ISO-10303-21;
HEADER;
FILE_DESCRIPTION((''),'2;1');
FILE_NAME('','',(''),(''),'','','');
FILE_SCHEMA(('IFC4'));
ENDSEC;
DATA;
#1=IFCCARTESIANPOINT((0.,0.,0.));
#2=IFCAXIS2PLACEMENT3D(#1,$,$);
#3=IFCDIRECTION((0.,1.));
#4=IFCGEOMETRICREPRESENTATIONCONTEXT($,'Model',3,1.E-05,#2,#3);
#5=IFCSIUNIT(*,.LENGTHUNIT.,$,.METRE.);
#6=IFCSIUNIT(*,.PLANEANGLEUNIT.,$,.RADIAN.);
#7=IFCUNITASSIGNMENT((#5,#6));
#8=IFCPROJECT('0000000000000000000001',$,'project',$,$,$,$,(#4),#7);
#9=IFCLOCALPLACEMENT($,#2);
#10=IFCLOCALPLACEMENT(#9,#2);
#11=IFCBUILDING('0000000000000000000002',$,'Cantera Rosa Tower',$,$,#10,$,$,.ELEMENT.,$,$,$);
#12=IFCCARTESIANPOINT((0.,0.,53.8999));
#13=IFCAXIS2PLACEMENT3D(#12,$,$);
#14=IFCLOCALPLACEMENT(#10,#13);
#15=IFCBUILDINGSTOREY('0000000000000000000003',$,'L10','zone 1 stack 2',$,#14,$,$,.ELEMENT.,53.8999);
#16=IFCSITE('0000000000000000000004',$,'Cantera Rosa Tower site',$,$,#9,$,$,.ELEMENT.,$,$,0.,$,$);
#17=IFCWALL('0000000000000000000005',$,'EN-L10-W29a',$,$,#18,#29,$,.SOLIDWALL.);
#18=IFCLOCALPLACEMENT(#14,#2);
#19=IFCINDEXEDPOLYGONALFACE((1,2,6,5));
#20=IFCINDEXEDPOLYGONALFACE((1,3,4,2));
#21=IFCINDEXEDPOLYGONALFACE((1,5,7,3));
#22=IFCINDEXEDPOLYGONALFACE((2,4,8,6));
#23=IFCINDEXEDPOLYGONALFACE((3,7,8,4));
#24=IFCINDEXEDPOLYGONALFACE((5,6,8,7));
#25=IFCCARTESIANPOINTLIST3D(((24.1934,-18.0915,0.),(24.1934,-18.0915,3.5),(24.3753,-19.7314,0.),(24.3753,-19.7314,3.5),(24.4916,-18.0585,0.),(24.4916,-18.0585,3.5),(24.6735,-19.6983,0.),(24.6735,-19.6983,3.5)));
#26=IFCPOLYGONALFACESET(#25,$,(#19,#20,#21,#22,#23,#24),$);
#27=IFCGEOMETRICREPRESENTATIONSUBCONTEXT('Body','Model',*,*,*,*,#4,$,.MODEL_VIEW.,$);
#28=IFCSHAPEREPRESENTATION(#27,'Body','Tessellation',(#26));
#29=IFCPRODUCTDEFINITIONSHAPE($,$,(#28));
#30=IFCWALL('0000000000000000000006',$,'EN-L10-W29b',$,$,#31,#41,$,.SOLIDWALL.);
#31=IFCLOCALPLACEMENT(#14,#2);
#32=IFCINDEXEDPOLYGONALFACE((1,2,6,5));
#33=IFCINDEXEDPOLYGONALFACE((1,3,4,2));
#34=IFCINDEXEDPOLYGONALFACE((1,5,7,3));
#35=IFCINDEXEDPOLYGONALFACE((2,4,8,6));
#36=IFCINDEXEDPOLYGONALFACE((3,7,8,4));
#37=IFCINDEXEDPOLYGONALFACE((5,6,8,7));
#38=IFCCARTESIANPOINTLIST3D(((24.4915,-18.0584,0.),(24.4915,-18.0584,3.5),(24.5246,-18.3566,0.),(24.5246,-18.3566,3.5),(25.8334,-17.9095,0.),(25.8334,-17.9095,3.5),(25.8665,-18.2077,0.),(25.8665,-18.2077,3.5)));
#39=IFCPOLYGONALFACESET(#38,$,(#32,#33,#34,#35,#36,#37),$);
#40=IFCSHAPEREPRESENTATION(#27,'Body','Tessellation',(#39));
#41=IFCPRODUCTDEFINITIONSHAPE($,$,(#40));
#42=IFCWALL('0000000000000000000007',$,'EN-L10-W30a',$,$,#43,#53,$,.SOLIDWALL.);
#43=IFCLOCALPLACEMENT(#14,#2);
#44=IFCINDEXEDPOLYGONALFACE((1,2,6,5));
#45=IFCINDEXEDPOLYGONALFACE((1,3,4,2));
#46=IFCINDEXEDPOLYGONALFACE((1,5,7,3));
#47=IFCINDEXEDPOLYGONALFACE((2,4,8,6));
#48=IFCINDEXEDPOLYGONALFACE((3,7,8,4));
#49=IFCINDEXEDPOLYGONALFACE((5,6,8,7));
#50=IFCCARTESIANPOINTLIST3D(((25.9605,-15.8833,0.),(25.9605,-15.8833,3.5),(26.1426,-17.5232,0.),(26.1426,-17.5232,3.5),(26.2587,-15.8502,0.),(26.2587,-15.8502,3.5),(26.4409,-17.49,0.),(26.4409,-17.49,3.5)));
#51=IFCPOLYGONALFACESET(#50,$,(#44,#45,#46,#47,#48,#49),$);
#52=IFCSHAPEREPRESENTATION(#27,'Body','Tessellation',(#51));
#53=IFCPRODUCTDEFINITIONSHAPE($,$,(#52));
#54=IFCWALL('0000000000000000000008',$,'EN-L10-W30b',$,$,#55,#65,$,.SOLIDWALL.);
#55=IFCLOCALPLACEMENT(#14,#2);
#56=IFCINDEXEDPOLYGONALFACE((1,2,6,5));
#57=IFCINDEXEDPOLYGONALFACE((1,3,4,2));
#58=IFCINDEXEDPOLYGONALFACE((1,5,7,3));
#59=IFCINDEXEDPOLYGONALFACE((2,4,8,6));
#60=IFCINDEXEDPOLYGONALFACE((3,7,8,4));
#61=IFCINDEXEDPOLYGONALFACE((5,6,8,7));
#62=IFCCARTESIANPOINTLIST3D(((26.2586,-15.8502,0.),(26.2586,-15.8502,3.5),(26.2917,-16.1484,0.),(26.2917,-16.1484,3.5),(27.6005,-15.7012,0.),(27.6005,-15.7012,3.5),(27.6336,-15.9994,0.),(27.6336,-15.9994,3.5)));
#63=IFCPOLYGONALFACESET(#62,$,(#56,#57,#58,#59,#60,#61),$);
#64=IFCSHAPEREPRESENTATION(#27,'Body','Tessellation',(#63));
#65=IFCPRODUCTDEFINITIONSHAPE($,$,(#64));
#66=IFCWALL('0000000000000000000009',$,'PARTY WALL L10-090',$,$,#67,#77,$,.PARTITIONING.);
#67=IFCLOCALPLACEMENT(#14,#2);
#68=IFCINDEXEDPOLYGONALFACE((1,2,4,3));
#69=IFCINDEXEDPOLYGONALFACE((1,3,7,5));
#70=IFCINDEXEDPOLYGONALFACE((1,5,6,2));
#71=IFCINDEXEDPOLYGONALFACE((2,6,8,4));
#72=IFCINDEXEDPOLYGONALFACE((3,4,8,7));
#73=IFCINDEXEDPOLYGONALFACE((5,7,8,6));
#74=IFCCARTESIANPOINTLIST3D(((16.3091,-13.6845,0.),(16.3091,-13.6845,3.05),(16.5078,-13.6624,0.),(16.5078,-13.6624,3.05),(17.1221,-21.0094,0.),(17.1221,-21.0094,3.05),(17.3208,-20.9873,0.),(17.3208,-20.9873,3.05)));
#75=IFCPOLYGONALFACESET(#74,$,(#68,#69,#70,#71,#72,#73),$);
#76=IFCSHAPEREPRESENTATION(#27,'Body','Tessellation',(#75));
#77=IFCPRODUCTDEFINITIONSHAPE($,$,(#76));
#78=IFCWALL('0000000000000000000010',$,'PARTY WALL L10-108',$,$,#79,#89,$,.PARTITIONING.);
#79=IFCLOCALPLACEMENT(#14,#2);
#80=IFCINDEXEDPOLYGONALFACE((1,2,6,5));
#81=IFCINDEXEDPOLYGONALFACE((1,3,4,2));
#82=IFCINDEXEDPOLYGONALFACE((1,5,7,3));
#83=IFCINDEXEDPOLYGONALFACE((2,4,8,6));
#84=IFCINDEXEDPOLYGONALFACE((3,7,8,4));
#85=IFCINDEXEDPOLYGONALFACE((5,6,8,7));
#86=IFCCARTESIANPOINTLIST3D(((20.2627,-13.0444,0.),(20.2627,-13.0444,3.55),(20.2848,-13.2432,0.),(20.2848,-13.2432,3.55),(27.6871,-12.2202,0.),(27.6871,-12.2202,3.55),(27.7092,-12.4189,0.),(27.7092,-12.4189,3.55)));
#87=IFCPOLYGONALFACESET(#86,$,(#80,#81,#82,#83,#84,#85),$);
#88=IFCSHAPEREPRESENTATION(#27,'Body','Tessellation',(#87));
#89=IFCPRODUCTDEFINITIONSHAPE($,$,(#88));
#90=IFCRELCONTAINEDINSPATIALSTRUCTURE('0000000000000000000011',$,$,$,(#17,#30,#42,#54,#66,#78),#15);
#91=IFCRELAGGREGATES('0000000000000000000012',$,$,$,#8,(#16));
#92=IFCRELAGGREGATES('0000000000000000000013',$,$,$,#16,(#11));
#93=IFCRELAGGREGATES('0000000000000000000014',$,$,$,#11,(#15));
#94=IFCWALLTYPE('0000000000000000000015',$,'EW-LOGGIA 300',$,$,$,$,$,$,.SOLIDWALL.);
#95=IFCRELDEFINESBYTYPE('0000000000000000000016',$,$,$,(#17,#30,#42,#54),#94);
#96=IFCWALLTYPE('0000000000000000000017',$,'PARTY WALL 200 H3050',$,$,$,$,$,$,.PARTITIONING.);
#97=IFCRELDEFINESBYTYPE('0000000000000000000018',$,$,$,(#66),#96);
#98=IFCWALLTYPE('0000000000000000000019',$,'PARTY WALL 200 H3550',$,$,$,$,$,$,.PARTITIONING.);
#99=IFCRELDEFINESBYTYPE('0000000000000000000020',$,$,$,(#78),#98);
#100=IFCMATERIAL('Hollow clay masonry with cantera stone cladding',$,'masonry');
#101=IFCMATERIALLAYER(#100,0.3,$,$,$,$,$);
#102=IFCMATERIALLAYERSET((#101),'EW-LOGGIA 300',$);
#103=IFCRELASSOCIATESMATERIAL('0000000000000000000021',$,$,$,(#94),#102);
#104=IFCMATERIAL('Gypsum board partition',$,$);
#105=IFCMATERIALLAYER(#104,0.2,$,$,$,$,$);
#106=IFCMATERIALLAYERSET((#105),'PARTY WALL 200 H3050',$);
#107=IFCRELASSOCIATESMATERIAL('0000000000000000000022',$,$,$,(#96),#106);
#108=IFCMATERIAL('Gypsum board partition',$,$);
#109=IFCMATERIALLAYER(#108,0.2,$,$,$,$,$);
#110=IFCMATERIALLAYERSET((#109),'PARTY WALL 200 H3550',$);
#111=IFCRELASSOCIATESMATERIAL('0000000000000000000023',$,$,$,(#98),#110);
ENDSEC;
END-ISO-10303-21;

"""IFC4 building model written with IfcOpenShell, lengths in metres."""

from ifc_helpers import new_model, si_unit, direction, frame, frame_2d, origin, place, context, subcontext, project, spatial, rectangle, extrude, material, layer, layer_set, type_object, element, save


model = new_model("IFC4")

# Units and contexts
model_context = context("Model", 3, precision=1e-05, world=origin(), true_north=direction((0.0, 1.0)))
body_context = subcontext(model_context, "Body", "Model", "MODEL_VIEW")
ifc_project = project(units=[si_unit("LENGTHUNIT", "METRE"), si_unit("PLANEANGLEUNIT", "RADIAN")], contexts=[model_context])

# Site, building, storey
site_placement = place(None, origin())
site = spatial("IfcSite", under=ifc_project, at=site_placement, Name="Cantera Rosa Tower site", CompositionType="ELEMENT", RefElevation=0.0)
building_placement = place(site_placement, origin())
building = spatial("IfcBuilding", under=site, at=building_placement, Name="Cantera Rosa Tower", CompositionType="ELEMENT")
storey_placement = place(building_placement, frame((0.0, 0.0, 53.8999)))
storey = spatial("IfcBuildingStorey", under=building, at=storey_placement, Name="L10", Description="zone 1 stack 2", CompositionType="ELEMENT", Elevation=53.8999)

# Walls
ifc_material_1 = material(Name="Hollow clay masonry with cantera stone cladding", Category="masonry")
ifc_layer_1 = layer(ifc_material_1, 0.3)
ifc_layer_set_1 = layer_set([ifc_layer_1], Name="EW-LOGGIA 300")
wall_type_1 = type_object("IfcWallType", Name="EW-LOGGIA 300", PredefinedType="SOLIDWALL", material=ifc_layer_set_1)
wall_1_placement = place(storey_placement, frame((24.5244, -19.7148, 0.0), z_axis=(0.0, 0.0, 1.0), x_axis=(-0.110237, 0.993905, 0.0)))
element("IfcWall", 1, at=wall_1_placement, inside=storey, type_object=wall_type_1, Name="EN-L10-W29a", PredefinedType="SOLIDWALL", context=body_context, shape_type="SweptSolid", body=[
    extrude(rectangle(XDim=1.6499, YDim=0.3, at=frame_2d((0.825, 0.0))), origin(), (0.0, 0.0, 1.0), 3.5),
])
wall_2_placement = place(storey_placement, frame((24.5081, -18.2075, 0.0), z_axis=(0.0, 0.0, 1.0), x_axis=(0.993897, 0.110312, 0.0)))
element("IfcWall", 2, at=wall_2_placement, inside=storey, type_object=wall_type_1, Name="EN-L10-W29b", PredefinedType="SOLIDWALL", context=body_context, shape_type="SweptSolid", body=[
    extrude(rectangle(XDim=1.3501, YDim=0.3, at=frame_2d((0.675, 0.0))), origin(), (0.0, 0.0, 1.0), 3.5),
])
wall_3_placement = place(storey_placement, frame((26.2917, -17.5066, 0.0), z_axis=(0.0, 0.0, 1.0), x_axis=(-0.110383, 0.993889, 0.0)))
element("IfcWall", 3, at=wall_3_placement, inside=storey, type_object=wall_type_1, Name="EN-L10-W30a", PredefinedType="SOLIDWALL", context=body_context, shape_type="SweptSolid", body=[
    extrude(rectangle(XDim=1.6499, YDim=0.3, at=frame_2d((0.825, 0.0))), origin(), (0.0, 0.0, 1.0), 3.5),
])
wall_4_placement = place(storey_placement, frame((26.2751, -15.9993, 0.0), z_axis=(0.0, 0.0, 1.0), x_axis=(0.993897, 0.110312, 0.0)))
element("IfcWall", 4, at=wall_4_placement, inside=storey, type_object=wall_type_1, Name="EN-L10-W30b", PredefinedType="SOLIDWALL", context=body_context, shape_type="SweptSolid", body=[
    extrude(rectangle(XDim=1.3501, YDim=0.3, at=frame_2d((0.675, 0.0))), origin(), (0.0, 0.0, 1.0), 3.5),
])

# Walls
ifc_material_2 = material(Name="Gypsum board partition")
ifc_layer_2 = layer(ifc_material_2, 0.2)
ifc_layer_set_2 = layer_set([ifc_layer_2], Name="PARTY WALL 200 H3050")
wall_type_2 = type_object("IfcWallType", Name="PARTY WALL 200 H3050", PredefinedType="PARTITIONING", material=ifc_layer_set_2)
wall_5_placement = place(storey_placement, frame((16.4084, -13.6733, 0.0), z_axis=(0.0, 0.0, 1.0), x_axis=(0.110312, -0.993897, 0.0)))
element("IfcWall", 5, at=wall_5_placement, inside=storey, type_object=wall_type_2, Name="PARTY WALL L10-090", PredefinedType="PARTITIONING", context=body_context, shape_type="SweptSolid", body=[
    extrude(rectangle(XDim=7.3699, YDim=0.2, at=frame_2d((3.6851, 0.0))), origin(), (0.0, 0.0, 1.0), 3.05),
])
ifc_material_3 = material(Name="Gypsum board partition")
ifc_layer_3 = layer(ifc_material_3, 0.2)
ifc_layer_set_3 = layer_set([ifc_layer_3], Name="PARTY WALL 200 H3550")
wall_type_3 = type_object("IfcWallType", Name="PARTY WALL 200 H3550", PredefinedType="PARTITIONING", material=ifc_layer_set_3)
wall_6_placement = place(storey_placement, frame((27.698, -12.3196, 0.0), z_axis=(0.0, 0.0, 1.0), x_axis=(-0.993894, -0.110338, 0.0)))
element("IfcWall", 6, at=wall_6_placement, inside=storey, type_object=wall_type_3, Name="PARTY WALL L10-108", PredefinedType="PARTITIONING", context=body_context, shape_type="SweptSolid", body=[
    extrude(rectangle(XDim=7.47, YDim=0.2, at=frame_2d((3.7349, 0.0))), origin(), (0.0, 0.0, 1.0), 3.55),
])

save(model, "model.ifc")
